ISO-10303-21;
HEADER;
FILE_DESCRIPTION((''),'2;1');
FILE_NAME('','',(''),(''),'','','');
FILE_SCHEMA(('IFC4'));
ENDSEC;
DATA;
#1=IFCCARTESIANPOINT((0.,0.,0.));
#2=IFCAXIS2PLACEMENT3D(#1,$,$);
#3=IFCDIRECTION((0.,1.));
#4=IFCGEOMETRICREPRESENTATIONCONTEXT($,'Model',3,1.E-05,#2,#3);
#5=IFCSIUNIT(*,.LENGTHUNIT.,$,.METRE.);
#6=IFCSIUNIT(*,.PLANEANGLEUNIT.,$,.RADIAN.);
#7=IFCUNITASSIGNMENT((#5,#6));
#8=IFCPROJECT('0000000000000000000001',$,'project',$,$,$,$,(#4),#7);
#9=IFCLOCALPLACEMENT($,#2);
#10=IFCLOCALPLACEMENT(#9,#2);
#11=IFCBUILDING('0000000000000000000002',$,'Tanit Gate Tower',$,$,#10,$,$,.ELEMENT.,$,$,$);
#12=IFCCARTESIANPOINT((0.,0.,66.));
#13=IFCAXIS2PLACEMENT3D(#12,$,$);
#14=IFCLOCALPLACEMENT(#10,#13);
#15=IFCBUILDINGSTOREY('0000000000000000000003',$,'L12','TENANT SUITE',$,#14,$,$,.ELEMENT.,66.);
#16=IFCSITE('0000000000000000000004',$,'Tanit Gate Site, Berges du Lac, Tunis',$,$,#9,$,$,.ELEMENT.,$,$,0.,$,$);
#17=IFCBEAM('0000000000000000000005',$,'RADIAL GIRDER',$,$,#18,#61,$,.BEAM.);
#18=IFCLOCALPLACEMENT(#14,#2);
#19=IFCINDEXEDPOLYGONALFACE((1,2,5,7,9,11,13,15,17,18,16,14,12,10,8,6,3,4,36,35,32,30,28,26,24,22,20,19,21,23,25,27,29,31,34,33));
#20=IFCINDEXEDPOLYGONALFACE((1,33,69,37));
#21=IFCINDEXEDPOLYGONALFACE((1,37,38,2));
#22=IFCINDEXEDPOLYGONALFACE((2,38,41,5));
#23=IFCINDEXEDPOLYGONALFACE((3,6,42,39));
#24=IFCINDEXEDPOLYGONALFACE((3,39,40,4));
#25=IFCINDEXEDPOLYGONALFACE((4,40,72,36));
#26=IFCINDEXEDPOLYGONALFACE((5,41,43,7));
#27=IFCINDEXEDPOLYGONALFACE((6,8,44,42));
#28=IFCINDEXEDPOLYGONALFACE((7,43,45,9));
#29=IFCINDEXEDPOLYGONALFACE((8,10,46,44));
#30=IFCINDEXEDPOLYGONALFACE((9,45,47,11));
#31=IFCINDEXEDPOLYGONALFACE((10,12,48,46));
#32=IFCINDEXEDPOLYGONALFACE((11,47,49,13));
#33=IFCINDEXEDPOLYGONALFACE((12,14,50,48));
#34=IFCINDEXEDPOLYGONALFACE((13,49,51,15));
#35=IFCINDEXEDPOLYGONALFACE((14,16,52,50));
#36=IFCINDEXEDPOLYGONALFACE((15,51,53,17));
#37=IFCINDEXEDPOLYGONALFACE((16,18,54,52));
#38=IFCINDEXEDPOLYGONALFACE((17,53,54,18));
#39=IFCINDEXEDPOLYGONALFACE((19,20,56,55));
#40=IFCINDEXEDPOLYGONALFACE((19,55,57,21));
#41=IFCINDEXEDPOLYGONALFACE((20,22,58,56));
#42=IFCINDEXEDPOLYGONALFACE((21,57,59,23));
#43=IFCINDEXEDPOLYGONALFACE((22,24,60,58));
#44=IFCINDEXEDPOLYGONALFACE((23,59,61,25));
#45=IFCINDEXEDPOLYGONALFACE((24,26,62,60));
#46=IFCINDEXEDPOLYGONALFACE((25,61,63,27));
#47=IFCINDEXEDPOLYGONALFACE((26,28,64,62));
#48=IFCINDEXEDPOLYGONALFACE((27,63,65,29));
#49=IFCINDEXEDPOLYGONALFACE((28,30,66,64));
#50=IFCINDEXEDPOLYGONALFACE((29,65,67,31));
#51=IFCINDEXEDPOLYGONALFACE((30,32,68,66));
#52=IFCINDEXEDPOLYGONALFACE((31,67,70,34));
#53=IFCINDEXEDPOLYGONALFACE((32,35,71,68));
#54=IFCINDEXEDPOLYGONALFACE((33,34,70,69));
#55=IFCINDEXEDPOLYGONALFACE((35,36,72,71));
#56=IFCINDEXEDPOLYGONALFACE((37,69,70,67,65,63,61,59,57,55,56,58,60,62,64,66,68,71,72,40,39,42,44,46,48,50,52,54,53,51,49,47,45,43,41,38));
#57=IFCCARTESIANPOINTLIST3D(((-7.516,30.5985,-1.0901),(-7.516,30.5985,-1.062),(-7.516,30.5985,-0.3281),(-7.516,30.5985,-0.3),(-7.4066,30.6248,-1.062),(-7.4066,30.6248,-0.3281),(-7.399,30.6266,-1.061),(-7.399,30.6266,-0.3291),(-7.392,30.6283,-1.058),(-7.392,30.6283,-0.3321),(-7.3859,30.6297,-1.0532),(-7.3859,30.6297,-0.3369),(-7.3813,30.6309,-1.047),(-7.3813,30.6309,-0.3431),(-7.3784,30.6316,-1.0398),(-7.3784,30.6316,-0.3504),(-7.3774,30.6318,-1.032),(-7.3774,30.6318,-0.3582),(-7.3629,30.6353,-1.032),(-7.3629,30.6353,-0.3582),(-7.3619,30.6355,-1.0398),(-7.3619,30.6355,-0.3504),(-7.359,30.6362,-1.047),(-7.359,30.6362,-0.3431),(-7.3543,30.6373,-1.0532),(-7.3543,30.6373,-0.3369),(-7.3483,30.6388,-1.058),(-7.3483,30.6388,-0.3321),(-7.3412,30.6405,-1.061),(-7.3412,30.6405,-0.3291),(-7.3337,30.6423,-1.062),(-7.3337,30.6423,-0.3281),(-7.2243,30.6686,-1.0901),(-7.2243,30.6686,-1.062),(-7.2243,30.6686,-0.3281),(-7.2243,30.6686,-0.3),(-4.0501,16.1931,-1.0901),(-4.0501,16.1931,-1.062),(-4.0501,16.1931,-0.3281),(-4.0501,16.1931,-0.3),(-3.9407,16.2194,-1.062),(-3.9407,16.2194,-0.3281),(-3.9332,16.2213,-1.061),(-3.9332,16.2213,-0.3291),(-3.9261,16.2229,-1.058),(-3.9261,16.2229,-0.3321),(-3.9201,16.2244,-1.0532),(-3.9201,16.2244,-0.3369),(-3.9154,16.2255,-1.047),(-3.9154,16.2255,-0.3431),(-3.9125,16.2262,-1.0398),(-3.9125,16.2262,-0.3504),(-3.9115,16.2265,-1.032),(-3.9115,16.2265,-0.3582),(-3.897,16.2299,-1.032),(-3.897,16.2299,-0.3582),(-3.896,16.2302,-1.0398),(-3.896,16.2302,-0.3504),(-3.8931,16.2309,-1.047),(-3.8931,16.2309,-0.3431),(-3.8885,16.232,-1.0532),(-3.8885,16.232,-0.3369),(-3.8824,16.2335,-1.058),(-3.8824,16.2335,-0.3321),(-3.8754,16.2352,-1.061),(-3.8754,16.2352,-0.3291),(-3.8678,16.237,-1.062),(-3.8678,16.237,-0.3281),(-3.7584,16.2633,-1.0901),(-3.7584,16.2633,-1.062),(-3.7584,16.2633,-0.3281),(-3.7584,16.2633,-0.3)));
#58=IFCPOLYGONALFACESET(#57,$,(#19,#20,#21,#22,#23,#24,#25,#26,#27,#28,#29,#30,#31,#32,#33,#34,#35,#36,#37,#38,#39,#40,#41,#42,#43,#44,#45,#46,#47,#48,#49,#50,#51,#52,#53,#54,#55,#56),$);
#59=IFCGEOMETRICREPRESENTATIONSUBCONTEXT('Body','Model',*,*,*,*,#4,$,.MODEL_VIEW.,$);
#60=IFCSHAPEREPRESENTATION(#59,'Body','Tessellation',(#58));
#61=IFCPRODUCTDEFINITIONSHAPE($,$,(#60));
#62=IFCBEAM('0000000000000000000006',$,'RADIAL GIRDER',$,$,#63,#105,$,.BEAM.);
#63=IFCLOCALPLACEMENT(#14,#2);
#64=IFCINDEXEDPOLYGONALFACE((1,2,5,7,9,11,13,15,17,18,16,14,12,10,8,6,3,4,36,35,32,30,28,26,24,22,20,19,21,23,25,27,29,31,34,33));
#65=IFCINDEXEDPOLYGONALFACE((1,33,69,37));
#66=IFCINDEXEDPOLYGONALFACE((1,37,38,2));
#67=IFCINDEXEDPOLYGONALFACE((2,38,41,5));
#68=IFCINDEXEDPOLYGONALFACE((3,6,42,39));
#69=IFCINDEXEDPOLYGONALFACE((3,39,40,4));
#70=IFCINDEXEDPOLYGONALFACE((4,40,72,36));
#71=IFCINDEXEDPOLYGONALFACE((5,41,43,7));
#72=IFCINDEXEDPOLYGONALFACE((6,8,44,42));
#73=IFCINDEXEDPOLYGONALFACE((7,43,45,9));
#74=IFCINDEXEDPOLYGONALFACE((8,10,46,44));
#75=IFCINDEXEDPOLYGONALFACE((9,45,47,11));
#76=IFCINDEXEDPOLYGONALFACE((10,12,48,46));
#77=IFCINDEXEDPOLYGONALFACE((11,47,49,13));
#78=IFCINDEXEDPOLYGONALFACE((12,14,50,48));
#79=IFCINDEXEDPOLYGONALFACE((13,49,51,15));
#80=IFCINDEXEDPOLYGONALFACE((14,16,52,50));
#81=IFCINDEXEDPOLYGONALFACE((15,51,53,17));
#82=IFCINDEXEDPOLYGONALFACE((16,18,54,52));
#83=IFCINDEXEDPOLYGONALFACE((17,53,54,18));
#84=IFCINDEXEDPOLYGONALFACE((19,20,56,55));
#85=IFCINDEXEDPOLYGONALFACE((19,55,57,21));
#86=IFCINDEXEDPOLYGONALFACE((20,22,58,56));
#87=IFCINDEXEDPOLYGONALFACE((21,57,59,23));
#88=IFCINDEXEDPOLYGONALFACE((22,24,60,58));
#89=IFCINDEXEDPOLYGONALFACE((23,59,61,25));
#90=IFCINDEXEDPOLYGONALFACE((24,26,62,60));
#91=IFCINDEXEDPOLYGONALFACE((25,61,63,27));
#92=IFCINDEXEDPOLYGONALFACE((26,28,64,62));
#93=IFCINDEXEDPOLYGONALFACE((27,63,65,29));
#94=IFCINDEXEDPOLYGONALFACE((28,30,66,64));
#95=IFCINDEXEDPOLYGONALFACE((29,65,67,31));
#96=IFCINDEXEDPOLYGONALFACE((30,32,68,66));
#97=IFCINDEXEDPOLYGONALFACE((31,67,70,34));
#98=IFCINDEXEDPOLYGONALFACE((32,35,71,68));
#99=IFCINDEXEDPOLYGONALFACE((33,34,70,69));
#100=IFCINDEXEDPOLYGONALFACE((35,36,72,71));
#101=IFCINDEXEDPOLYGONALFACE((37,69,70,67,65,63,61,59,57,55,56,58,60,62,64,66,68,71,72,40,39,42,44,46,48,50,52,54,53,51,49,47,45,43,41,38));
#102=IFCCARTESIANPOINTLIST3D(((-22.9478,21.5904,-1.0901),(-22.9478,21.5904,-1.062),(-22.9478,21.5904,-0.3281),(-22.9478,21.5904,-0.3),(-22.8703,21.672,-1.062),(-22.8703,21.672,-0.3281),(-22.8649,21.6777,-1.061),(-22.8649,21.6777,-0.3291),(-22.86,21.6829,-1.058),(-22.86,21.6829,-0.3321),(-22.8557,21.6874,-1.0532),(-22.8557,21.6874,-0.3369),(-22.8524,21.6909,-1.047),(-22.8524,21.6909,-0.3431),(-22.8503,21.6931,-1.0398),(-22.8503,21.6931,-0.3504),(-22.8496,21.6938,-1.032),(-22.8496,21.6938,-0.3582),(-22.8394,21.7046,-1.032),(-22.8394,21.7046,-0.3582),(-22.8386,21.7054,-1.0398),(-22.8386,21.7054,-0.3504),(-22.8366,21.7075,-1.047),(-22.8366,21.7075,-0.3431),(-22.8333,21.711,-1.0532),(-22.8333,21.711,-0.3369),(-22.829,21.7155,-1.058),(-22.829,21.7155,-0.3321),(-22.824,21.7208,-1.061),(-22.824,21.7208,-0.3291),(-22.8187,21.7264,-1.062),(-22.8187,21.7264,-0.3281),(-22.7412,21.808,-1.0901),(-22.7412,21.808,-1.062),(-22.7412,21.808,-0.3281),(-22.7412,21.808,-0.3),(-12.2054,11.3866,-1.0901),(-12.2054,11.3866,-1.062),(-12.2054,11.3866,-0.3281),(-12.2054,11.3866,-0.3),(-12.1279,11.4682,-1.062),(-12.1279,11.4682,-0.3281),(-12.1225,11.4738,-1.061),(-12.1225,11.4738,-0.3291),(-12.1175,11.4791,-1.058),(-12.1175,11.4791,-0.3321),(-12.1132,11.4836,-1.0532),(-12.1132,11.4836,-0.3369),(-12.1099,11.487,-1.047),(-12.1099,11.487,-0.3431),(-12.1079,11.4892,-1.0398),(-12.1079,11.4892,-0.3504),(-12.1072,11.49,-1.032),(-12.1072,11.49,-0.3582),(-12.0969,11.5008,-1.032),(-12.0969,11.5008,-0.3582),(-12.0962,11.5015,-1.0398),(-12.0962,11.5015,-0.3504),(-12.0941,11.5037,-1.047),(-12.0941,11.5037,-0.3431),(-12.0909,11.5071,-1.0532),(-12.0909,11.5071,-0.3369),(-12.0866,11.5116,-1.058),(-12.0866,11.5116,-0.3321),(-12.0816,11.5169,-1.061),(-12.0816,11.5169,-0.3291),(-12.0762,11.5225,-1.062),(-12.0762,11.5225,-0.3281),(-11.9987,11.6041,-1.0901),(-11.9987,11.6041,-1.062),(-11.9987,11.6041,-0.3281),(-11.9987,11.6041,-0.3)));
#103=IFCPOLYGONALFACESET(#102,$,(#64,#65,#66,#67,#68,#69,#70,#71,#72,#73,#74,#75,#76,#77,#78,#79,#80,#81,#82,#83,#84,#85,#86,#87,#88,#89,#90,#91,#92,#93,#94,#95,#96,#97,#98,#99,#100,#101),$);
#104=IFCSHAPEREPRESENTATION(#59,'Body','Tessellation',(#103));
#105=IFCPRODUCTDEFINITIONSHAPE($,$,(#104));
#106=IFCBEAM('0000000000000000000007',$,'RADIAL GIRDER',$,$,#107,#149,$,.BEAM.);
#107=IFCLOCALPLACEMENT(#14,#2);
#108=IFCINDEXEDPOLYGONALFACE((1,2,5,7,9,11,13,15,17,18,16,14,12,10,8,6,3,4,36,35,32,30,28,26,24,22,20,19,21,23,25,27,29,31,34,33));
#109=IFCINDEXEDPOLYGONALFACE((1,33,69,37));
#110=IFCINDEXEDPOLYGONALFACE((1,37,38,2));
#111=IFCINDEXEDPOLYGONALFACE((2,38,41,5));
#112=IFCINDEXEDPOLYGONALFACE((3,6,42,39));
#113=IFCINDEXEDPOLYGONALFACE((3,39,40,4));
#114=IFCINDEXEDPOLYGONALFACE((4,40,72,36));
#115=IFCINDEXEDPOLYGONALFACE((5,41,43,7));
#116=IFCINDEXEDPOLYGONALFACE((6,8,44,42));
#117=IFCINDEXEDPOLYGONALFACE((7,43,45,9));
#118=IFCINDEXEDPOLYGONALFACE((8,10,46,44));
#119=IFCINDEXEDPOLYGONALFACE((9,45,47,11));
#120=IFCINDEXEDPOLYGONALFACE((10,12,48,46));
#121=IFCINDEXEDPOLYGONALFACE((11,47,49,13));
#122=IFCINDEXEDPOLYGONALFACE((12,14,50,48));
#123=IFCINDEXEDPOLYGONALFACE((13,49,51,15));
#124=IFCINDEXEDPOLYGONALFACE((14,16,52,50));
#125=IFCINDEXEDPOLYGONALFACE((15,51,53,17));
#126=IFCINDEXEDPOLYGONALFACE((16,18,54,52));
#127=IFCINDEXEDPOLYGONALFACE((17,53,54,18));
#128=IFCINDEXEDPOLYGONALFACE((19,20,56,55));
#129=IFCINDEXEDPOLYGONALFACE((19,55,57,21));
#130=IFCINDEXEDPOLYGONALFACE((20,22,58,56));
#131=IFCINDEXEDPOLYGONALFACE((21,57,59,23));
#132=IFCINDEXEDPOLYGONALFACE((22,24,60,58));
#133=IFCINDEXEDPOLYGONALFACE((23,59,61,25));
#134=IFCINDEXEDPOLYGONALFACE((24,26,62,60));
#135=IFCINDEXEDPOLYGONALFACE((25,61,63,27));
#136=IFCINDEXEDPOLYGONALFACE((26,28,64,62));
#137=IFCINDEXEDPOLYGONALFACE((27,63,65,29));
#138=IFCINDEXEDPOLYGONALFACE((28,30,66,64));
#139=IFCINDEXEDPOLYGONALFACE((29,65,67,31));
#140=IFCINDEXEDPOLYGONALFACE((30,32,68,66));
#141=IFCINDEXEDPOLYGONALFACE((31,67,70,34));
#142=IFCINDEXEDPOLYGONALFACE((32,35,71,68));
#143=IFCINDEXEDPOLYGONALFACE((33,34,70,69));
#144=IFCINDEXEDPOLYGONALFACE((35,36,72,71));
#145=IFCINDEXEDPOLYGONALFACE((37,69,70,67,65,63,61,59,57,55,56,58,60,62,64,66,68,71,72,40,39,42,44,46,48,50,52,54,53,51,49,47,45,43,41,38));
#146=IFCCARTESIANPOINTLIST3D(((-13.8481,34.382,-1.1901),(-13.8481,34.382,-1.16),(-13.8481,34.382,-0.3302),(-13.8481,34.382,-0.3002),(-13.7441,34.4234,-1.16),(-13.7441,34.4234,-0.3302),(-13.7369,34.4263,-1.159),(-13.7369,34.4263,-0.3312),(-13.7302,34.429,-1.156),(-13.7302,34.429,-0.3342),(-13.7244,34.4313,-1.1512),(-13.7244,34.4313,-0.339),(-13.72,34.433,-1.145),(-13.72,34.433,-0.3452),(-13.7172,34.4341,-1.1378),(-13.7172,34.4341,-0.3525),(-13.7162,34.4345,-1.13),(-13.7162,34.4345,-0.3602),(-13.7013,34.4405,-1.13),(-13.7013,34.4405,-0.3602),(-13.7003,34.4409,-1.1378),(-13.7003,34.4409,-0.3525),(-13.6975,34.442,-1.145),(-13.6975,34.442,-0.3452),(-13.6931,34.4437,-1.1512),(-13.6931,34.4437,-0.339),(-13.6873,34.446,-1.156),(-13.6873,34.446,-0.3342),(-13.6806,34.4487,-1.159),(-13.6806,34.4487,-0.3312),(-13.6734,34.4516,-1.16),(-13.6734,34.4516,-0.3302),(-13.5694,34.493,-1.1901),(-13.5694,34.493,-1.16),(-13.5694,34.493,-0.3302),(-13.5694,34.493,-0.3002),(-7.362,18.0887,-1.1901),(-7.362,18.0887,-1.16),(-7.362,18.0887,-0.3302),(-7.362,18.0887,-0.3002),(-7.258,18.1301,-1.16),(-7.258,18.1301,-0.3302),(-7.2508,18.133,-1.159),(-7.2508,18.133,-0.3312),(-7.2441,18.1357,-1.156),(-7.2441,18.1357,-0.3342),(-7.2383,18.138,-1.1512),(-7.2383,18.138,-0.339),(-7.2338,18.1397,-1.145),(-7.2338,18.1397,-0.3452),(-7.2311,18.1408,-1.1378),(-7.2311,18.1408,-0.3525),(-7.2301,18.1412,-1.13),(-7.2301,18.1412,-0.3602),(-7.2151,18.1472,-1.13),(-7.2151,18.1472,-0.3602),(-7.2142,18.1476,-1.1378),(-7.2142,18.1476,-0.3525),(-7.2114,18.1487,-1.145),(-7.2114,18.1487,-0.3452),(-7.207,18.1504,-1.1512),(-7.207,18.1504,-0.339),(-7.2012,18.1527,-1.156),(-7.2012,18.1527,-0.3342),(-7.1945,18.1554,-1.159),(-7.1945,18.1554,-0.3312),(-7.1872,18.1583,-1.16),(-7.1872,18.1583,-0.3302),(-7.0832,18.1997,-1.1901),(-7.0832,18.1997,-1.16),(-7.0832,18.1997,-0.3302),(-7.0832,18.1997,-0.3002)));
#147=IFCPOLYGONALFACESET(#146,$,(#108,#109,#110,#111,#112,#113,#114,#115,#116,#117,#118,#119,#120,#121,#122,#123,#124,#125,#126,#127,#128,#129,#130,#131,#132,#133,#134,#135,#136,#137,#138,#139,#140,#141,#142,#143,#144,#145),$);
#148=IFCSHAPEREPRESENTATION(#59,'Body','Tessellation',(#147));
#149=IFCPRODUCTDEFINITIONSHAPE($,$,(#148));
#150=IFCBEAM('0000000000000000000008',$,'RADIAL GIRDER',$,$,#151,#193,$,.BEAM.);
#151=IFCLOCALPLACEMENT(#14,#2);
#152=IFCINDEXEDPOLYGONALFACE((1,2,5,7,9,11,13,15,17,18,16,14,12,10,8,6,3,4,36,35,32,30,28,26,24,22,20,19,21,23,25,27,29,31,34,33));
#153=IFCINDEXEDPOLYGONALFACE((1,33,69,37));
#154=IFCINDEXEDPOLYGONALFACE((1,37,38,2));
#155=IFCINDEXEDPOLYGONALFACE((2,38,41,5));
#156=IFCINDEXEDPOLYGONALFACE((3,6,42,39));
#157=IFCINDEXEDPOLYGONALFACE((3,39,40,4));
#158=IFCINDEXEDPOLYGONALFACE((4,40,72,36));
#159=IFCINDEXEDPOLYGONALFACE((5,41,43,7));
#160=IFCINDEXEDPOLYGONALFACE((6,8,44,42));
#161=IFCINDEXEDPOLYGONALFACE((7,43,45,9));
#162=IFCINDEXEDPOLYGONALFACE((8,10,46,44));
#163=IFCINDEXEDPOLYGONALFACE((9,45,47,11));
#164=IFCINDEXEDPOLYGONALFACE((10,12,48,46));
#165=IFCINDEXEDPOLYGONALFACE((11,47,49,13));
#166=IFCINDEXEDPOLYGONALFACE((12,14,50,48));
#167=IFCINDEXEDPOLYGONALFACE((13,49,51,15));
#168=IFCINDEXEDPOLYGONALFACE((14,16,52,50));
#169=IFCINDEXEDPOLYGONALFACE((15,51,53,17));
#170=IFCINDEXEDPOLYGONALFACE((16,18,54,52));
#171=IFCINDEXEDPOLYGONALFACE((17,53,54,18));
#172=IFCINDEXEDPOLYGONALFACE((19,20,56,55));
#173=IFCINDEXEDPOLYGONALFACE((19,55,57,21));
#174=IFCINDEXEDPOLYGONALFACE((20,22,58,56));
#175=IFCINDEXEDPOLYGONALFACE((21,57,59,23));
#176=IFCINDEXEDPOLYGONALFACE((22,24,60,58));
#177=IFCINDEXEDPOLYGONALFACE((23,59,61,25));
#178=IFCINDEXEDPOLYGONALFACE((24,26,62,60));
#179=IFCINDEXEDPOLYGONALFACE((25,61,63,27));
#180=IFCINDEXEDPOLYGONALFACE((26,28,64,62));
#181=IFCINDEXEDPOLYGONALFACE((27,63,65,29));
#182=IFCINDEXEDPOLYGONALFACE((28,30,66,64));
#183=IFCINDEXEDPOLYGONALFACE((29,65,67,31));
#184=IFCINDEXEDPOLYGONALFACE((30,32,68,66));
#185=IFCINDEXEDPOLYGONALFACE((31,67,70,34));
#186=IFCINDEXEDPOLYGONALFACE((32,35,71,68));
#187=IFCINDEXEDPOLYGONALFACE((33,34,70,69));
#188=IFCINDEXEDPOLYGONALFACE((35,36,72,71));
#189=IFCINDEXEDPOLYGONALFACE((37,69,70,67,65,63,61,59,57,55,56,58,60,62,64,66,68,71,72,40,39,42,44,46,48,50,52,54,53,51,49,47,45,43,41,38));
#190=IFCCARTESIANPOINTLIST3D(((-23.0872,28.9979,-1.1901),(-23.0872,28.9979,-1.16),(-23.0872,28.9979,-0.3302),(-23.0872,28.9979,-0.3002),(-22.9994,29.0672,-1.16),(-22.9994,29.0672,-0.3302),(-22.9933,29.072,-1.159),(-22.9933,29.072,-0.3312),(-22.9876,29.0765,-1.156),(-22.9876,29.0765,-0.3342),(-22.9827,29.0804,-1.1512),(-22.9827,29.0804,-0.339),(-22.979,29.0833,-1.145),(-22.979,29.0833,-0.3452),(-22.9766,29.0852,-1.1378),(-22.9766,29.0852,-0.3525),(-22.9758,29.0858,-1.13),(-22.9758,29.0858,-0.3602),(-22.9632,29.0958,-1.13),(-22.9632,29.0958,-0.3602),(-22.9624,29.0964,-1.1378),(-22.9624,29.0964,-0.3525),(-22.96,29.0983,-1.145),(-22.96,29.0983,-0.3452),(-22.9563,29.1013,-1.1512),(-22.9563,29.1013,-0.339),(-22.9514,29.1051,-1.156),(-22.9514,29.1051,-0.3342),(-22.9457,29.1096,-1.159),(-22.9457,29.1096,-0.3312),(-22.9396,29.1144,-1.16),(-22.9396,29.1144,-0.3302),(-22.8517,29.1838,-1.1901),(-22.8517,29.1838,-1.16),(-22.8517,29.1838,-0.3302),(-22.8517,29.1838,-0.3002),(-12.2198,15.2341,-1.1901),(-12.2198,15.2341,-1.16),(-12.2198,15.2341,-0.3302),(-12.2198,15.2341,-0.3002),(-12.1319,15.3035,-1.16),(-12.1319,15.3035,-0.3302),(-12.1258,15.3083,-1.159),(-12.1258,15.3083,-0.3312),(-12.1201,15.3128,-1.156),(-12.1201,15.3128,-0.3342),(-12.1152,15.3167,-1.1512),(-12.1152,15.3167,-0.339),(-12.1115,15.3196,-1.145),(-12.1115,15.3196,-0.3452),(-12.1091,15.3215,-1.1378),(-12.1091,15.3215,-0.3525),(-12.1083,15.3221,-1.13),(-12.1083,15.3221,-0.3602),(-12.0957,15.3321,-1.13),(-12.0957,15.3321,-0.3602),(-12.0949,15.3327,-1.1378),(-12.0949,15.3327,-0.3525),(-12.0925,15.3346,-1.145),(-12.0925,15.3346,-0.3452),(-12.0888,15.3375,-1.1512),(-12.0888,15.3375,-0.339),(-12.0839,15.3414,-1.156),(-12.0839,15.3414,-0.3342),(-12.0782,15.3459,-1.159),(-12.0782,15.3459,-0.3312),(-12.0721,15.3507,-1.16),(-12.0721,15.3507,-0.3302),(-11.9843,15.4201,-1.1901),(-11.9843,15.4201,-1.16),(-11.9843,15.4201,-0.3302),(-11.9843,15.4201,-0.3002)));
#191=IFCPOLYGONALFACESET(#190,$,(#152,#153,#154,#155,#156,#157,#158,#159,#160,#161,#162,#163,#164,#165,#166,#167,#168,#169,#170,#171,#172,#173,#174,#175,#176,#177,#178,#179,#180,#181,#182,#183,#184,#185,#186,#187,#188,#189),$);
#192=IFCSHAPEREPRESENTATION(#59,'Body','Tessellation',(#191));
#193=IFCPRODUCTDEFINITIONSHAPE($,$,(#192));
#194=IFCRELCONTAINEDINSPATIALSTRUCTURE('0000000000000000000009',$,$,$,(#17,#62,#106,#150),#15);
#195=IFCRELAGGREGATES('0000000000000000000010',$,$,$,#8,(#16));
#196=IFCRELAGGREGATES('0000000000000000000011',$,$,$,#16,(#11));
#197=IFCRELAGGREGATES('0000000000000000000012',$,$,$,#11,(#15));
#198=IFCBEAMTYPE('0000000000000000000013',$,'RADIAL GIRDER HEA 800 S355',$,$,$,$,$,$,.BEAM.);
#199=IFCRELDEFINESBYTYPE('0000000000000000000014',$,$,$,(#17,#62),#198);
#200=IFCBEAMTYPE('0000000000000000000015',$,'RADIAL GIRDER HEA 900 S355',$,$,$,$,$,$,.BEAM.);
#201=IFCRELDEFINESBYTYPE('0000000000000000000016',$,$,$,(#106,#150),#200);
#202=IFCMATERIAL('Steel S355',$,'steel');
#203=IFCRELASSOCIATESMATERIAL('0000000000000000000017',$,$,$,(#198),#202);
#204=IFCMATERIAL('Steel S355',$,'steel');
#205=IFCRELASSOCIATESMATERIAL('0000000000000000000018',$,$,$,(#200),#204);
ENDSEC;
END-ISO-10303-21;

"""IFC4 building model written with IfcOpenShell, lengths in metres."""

from ifc_helpers import new_model, si_unit, direction, frame, origin, origin_2d, place, context, subcontext, project, spatial, i_section, extrude, material, material_profile, profile_set, type_object, element, save


model = new_model("IFC4")

# Units and contexts
model_context = context("Model", 3, precision=1e-05, world=origin(), true_north=direction((0.0, 1.0)))
body_context = subcontext(model_context, "Body", "Model", "MODEL_VIEW")
ifc_project = project(units=[si_unit("LENGTHUNIT", "METRE"), si_unit("PLANEANGLEUNIT", "RADIAN")], contexts=[model_context])

# Site, building, storey
site_placement = place(None, origin())
site = spatial("IfcSite", under=ifc_project, at=site_placement, Name="Tanit Gate Site, Berges du Lac, Tunis", CompositionType="ELEMENT", RefElevation=0.0)
building_placement = place(site_placement, origin())
building = spatial("IfcBuilding", under=site, at=building_placement, Name="Tanit Gate Tower", CompositionType="ELEMENT")
storey_placement = place(building_placement, frame((0.0, 0.0, 66.0)))
storey = spatial("IfcBuildingStorey", under=building, at=storey_placement, Name="L12", Description="TENANT SUITE", CompositionType="ELEMENT", Elevation=66.0)

# Beams
ifc_material_1 = material(Name="Steel S355", Category="steel")
ifc_material_profile_1 = material_profile(ifc_material_1, i_section(OverallWidth=0.3, OverallDepth=0.79, WebThickness=0.0149, FlangeThickness=0.0281, FilletRadius=0.03, at=origin_2d()), Name="HEA 800")
ifc_profile_set_1 = profile_set([ifc_material_profile_1], Name="Steel S355")
beam_type_1 = type_object("IfcBeamType", Name="RADIAL GIRDER HEA 800 S355", PredefinedType="BEAM", material=ifc_profile_set_1)
beam_1_placement = place(storey_placement, frame((-7.3701, 30.6335, -0.6951), z_axis=(0.233919, -0.972256, 0.0), x_axis=(0.972256, 0.233919, 0.0)))
element("IfcBeam", 1, at=beam_1_placement, inside=storey, type_object=beam_type_1, Name="RADIAL GIRDER", PredefinedType="BEAM", context=body_context, shape_type="SweptSolid", body=[
    extrude(i_section(OverallWidth=0.3, OverallDepth=0.79, WebThickness=0.0149, FlangeThickness=0.0281, FilletRadius=0.03, at=origin_2d()), origin(), (0.0, 0.0, 1.0), 14.8164),
])
beam_2_placement = place(storey_placement, frame((-22.8445, 21.6992, -0.6951), z_axis=(0.725048, -0.688698, 0.0), x_axis=(0.688698, 0.725048, 0.0)))
element("IfcBeam", 2, at=beam_2_placement, inside=storey, type_object=beam_type_1, Name="RADIAL GIRDER", PredefinedType="BEAM", context=body_context, shape_type="SweptSolid", body=[
    extrude(i_section(OverallWidth=0.3, OverallDepth=0.79, WebThickness=0.0149, FlangeThickness=0.0281, FilletRadius=0.03, at=origin_2d()), origin(), (0.0, 0.0, 1.0), 14.8162),
])
ifc_material_2 = material(Name="Steel S355", Category="steel")
ifc_material_profile_2 = material_profile(ifc_material_2, i_section(OverallWidth=0.3, OverallDepth=0.8899, WebThickness=0.0161, FlangeThickness=0.03, FilletRadius=0.03, at=origin_2d()), Name="HEA 900")
ifc_profile_set_2 = profile_set([ifc_material_profile_2], Name="Steel S355")
beam_type_2 = type_object("IfcBeamType", Name="RADIAL GIRDER HEA 900 S355", PredefinedType="BEAM", material=ifc_profile_set_2)
for number, where, z_axis, x_axis, name in (
    (3, (-13.7087, 34.4375, -0.7451), (0.369856, -0.929089, 0.0), (0.929089, 0.369856, 0.0), "RADIAL GIRDER"),
    (4, (-22.9695, 29.0908, -0.7451), (0.619693, -0.784845, 0.0), (0.784845, 0.619693, 0.0), "RADIAL GIRDER"),
):
    element("IfcBeam", number, at=place(storey_placement, frame(where, z_axis=z_axis, x_axis=x_axis)), inside=storey, type_object=beam_type_2, Name=name, PredefinedType="BEAM", context=body_context, shape_type="SweptSolid", body=[
        extrude(i_section(OverallWidth=0.3, OverallDepth=0.8899, WebThickness=0.0161, FlangeThickness=0.03, FilletRadius=0.03, at=origin_2d()), origin(), (0.0, 0.0, 1.0), 17.5369),
    ])

save(model, "model.ifc")
